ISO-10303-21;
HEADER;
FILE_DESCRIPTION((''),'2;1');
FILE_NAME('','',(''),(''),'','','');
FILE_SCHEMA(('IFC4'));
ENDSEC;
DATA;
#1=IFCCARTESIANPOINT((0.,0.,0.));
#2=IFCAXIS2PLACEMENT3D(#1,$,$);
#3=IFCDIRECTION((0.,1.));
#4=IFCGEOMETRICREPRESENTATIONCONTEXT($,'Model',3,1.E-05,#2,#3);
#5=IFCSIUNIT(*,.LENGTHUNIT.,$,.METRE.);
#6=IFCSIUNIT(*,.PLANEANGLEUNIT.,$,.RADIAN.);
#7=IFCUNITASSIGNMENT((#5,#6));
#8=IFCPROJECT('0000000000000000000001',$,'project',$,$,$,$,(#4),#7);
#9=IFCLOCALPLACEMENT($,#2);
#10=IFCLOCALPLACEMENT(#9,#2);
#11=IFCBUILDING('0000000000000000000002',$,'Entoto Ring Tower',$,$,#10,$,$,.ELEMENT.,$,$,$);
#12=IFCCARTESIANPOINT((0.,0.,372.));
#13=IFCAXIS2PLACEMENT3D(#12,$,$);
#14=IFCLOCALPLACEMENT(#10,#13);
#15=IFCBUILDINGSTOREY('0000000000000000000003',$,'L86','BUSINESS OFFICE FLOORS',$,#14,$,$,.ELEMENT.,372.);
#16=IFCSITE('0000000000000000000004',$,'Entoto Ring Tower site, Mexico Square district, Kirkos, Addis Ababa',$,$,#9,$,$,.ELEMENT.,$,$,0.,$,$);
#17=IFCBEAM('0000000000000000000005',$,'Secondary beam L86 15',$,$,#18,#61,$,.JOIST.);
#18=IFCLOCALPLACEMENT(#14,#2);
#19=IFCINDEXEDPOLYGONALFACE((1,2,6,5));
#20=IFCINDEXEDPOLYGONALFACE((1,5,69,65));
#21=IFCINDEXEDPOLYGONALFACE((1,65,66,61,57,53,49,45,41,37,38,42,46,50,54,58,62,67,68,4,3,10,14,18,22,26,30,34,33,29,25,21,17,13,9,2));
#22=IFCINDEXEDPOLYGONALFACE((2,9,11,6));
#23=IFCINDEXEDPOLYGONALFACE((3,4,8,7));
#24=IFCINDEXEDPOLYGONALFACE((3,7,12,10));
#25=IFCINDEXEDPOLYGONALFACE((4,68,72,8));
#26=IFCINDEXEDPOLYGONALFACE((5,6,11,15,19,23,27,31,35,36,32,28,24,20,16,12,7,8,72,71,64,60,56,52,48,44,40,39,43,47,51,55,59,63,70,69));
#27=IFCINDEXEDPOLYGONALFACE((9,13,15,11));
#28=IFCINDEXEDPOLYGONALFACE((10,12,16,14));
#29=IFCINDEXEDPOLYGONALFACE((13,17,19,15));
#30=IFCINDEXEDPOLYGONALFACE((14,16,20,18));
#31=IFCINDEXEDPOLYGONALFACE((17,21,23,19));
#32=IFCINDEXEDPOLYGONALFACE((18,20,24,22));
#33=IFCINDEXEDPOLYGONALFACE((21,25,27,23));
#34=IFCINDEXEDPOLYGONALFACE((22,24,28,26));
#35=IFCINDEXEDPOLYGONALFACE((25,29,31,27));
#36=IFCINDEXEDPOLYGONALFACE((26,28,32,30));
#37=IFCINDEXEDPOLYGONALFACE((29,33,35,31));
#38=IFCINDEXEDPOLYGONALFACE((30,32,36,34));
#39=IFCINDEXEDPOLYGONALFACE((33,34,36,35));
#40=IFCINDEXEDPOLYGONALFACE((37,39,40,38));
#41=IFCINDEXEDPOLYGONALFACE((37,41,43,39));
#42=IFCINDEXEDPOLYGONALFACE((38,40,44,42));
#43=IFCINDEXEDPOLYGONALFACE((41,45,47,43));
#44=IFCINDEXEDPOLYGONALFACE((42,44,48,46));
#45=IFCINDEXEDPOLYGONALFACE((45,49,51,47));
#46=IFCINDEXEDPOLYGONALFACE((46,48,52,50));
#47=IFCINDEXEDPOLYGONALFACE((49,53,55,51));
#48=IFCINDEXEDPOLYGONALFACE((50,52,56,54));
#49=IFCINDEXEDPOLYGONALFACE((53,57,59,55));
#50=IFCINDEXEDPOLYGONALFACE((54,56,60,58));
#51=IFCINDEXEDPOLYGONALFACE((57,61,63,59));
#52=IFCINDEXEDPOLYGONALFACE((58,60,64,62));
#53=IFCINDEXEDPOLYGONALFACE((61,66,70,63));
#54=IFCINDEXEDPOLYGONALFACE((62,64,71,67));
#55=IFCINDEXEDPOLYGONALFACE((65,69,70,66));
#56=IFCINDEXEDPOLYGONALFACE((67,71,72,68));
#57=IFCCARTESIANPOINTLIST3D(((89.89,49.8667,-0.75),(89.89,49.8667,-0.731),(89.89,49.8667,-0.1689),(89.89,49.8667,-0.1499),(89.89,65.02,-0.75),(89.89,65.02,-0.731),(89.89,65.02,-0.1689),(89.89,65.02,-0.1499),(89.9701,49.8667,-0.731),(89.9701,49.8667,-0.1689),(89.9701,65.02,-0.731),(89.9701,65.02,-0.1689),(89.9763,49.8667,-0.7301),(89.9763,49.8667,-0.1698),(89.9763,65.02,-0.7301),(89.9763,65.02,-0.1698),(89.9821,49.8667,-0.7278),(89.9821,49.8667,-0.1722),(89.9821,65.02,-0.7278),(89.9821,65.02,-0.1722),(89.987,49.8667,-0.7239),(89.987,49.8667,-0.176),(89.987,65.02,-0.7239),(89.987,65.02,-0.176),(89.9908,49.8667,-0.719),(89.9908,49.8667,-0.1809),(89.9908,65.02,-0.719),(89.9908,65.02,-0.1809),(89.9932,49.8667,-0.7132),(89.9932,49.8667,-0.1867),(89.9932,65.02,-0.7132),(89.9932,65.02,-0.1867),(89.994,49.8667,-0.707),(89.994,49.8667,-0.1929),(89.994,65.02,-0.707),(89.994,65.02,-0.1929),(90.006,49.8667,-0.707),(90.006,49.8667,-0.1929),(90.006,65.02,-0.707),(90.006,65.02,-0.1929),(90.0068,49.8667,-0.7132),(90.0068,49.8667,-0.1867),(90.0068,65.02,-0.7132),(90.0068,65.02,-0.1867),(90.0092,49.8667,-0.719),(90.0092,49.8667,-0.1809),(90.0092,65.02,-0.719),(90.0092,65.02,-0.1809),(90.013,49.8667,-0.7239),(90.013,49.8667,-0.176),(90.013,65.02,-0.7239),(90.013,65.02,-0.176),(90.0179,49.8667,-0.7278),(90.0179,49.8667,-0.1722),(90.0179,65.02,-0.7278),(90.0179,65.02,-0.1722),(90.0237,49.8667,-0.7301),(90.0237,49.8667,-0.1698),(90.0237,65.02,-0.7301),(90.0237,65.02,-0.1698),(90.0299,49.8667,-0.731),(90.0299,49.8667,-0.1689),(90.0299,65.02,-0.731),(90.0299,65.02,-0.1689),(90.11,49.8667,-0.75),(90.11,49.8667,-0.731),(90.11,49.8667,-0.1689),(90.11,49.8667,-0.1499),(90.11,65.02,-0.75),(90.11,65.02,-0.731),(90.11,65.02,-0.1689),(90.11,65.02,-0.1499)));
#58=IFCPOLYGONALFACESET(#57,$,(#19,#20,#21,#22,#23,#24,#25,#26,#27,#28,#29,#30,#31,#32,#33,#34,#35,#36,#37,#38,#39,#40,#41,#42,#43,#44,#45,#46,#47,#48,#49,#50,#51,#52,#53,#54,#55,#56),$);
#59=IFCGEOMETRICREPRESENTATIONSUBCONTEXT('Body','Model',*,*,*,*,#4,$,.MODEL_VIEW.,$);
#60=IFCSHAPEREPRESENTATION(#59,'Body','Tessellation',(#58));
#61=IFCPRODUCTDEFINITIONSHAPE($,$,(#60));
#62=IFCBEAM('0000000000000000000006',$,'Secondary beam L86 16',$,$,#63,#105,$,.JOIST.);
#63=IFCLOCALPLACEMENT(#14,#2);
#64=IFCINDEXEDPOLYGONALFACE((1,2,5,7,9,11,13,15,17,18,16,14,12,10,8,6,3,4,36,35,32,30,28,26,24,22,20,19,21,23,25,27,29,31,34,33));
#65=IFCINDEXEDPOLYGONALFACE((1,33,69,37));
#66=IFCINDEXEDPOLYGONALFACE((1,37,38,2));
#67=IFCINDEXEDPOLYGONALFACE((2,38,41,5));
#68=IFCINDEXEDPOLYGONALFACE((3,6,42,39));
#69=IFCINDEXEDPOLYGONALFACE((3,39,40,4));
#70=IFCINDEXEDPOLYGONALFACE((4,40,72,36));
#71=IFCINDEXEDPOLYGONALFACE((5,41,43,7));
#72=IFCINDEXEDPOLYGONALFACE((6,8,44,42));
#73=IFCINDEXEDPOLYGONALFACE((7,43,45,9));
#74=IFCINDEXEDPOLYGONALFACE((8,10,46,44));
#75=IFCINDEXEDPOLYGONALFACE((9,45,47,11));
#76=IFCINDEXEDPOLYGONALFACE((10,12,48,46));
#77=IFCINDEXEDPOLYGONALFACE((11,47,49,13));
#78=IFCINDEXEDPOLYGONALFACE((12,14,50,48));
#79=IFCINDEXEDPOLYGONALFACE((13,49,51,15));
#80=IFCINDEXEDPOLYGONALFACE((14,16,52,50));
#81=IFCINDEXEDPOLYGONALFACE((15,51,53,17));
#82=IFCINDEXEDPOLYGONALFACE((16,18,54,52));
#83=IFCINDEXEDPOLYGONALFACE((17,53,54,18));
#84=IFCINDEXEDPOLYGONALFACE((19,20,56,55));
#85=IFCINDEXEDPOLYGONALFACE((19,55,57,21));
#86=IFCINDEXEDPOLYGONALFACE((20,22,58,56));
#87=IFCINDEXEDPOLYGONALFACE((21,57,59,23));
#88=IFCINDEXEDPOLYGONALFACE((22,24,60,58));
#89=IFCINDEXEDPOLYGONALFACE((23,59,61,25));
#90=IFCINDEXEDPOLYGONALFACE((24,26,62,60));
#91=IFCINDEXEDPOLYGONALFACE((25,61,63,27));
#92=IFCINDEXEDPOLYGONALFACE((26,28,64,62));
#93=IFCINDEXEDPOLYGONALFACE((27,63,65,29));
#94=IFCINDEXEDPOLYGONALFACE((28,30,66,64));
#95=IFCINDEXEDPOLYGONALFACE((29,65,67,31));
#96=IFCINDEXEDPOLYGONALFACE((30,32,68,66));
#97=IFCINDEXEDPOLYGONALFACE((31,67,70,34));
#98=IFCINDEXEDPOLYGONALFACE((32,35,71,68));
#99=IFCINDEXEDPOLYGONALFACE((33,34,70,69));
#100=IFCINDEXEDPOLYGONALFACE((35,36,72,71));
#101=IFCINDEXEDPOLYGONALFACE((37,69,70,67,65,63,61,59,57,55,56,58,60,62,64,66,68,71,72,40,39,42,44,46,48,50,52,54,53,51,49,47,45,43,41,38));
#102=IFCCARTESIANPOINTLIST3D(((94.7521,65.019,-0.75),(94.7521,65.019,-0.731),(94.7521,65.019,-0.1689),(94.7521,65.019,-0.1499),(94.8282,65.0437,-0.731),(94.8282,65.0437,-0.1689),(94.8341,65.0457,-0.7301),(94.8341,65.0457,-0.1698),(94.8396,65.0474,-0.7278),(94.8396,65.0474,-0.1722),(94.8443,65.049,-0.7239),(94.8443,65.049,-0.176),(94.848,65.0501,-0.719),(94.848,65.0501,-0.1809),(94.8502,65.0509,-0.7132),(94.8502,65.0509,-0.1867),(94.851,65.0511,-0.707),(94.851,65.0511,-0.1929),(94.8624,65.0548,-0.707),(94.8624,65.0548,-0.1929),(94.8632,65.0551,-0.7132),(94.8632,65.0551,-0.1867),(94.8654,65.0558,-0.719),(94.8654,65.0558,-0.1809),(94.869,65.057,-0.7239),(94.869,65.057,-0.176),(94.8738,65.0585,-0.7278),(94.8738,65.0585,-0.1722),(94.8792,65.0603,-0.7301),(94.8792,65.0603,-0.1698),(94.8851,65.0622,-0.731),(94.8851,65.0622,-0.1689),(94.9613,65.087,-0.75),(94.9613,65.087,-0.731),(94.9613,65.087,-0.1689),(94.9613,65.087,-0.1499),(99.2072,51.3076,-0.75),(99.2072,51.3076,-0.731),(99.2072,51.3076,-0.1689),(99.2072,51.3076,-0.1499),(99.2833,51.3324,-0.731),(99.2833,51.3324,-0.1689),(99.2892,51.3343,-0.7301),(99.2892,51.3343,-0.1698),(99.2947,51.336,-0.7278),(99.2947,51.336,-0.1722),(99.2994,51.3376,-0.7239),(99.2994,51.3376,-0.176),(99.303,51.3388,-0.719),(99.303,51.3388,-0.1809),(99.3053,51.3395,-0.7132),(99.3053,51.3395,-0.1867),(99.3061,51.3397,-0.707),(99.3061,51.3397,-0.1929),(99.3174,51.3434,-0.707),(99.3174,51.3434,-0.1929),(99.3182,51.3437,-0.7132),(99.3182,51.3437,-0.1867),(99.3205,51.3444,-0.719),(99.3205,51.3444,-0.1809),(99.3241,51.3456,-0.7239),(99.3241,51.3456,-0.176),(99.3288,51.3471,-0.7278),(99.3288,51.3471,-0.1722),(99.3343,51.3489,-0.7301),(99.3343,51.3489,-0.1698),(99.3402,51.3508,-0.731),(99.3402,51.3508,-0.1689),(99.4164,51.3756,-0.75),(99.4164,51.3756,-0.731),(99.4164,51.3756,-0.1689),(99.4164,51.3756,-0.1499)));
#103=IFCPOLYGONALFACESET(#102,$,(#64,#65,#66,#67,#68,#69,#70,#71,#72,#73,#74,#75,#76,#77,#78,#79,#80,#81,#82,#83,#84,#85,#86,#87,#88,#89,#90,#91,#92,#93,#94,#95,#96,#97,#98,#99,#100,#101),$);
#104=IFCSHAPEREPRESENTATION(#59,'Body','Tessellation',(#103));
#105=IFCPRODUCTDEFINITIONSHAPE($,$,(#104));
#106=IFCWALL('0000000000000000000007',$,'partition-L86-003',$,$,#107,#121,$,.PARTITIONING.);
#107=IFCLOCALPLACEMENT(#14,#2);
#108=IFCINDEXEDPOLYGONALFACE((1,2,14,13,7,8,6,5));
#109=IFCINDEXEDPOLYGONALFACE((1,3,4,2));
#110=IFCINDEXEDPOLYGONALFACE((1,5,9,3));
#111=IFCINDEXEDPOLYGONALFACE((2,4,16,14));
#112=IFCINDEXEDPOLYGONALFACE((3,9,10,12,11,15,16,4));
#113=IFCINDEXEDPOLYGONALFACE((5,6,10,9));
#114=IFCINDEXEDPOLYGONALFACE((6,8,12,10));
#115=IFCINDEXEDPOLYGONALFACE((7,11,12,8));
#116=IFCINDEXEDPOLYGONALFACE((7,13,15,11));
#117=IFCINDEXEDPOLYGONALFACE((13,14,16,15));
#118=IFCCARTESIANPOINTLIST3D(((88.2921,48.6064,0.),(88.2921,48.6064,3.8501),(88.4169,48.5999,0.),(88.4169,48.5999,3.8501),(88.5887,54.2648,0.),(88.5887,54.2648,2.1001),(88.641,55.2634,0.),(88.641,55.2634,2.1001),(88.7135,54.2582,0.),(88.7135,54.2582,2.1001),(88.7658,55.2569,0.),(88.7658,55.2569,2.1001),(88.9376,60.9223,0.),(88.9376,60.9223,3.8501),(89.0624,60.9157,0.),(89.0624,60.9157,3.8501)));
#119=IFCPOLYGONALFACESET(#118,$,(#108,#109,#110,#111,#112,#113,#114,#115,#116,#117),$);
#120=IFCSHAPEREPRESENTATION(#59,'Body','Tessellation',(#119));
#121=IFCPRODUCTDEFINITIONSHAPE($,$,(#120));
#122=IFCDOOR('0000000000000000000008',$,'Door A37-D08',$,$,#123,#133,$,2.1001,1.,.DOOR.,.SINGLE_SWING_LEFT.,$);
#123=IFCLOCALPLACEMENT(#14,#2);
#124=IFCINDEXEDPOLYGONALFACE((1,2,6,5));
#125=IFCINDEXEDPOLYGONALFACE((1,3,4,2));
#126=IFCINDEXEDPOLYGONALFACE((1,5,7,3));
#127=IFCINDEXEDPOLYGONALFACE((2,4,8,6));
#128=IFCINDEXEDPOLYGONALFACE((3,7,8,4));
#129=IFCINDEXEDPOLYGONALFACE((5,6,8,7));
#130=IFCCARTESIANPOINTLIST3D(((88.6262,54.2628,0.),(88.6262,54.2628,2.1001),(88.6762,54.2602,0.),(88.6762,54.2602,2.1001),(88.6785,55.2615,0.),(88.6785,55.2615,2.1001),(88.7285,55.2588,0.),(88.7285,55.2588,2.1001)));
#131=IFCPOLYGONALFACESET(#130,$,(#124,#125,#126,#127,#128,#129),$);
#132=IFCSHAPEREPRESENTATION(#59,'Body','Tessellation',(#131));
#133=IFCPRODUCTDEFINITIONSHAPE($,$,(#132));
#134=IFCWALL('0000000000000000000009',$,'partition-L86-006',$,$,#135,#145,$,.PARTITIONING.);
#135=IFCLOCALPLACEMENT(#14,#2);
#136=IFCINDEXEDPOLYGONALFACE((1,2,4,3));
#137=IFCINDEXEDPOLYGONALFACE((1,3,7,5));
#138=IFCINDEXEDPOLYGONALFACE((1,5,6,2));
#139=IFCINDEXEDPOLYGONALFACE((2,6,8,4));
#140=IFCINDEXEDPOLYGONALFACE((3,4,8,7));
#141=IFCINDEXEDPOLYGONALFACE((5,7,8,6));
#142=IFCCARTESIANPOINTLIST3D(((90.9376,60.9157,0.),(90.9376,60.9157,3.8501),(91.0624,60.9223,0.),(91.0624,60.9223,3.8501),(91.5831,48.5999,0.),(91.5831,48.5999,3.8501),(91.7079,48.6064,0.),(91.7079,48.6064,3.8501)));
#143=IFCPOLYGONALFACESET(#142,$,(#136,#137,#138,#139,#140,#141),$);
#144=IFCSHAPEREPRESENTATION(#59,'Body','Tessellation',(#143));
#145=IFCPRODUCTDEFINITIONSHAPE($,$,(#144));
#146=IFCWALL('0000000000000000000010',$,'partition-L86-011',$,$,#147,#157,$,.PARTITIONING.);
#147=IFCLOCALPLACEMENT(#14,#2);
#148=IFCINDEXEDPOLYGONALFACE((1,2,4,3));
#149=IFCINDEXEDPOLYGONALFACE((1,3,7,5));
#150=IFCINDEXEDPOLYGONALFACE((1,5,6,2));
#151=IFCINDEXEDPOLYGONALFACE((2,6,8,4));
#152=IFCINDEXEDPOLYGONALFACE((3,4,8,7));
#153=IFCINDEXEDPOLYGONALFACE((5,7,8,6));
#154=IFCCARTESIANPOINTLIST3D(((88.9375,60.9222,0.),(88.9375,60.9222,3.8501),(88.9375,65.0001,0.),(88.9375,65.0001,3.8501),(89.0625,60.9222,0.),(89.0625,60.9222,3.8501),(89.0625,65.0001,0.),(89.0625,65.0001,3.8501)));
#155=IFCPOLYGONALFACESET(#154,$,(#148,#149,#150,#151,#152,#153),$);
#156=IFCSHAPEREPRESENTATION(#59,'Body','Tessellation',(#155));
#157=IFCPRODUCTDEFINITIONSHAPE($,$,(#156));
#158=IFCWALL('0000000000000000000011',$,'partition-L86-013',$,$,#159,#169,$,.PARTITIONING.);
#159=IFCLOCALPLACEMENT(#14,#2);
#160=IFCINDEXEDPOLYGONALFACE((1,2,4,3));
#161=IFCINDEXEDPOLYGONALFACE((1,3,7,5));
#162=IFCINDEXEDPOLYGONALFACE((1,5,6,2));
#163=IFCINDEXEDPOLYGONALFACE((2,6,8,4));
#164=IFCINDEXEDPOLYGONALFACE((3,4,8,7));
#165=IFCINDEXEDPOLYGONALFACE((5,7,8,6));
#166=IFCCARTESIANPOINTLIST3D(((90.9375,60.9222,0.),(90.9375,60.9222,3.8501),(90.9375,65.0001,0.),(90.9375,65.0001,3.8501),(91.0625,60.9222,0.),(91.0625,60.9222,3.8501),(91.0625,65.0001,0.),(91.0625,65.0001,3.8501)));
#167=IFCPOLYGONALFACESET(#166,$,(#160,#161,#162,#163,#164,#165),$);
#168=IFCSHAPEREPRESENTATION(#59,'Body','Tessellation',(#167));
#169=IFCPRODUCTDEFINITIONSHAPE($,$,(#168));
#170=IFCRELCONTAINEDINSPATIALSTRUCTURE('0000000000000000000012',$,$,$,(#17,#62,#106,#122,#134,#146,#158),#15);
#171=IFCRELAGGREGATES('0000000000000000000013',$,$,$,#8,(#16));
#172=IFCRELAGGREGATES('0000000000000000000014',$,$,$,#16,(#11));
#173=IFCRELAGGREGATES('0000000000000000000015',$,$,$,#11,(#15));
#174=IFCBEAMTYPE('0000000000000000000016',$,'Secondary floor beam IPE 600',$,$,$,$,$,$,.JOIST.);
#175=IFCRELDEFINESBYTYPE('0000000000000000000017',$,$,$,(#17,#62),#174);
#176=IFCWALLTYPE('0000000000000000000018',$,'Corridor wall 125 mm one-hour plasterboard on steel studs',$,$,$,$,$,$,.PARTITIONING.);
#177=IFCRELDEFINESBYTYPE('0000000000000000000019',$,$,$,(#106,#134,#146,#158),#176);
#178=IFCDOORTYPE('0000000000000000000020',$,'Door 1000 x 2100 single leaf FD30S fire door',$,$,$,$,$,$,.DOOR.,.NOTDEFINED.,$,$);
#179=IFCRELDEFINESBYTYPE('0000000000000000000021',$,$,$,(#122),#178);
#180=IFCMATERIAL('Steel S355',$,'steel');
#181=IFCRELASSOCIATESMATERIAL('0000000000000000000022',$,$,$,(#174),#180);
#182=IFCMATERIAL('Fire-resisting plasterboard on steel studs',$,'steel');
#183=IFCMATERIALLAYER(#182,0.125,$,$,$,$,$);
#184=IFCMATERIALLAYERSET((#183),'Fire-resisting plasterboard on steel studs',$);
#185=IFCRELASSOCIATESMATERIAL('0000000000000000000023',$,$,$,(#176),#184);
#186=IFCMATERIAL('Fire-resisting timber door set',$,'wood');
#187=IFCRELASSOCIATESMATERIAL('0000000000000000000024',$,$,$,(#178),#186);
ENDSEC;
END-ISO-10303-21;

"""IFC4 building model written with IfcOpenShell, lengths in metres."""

from ifc_helpers import new_model, si_unit, direction, frame, frame_2d, origin, origin_2d, place, context, subcontext, project, spatial, rectangle, i_section, extrude, material, layer, layer_set, material_profile, profile_set, type_object, element, fill, save


model = new_model("IFC4")

# Units and contexts
model_context = context("Model", 3, precision=1e-05, world=origin(), true_north=direction((0.0, 1.0)))
body_context = subcontext(model_context, "Body", "Model", "MODEL_VIEW")
ifc_project = project(units=[si_unit("LENGTHUNIT", "METRE"), si_unit("PLANEANGLEUNIT", "RADIAN")], contexts=[model_context])

# Site, building, storey
site_placement = place(None, origin())
site = spatial("IfcSite", under=ifc_project, at=site_placement, Name="Entoto Ring Tower site, Mexico Square district, Kirkos, Addis Ababa", CompositionType="ELEMENT", RefElevation=0.0)
building_placement = place(site_placement, origin())
building = spatial("IfcBuilding", under=site, at=building_placement, Name="Entoto Ring Tower", CompositionType="ELEMENT")
storey_placement = place(building_placement, frame((0.0, 0.0, 372.0)))
storey = spatial("IfcBuildingStorey", under=building, at=storey_placement, Name="L86", Description="BUSINESS OFFICE FLOORS", CompositionType="ELEMENT", Elevation=372.0)

# Beams
ifc_material_1 = material(Name="Steel S355", Category="steel")
ifc_material_profile_1 = material_profile(ifc_material_1, i_section(OverallWidth=0.22, OverallDepth=0.6001, WebThickness=0.012, FlangeThickness=0.019, FilletRadius=0.0239, at=origin_2d()), Name="IPE 600")
ifc_profile_set_1 = profile_set([ifc_material_profile_1], Name="Steel S355")
beam_type_1 = type_object("IfcBeamType", Name="Secondary floor beam IPE 600", PredefinedType="JOIST", material=ifc_profile_set_1)
beam_1_placement = place(storey_placement, frame((90.0, 65.02, -0.45), z_axis=(0.0, -1.0, 0.0), x_axis=(1.0, 0.0, 0.0)))
element("IfcBeam", 1, at=beam_1_placement, inside=storey, type_object=beam_type_1, Name="Secondary beam L86 15", PredefinedType="JOIST", context=body_context, shape_type="SweptSolid", body=[
    extrude(i_section(OverallWidth=0.22, OverallDepth=0.6001, WebThickness=0.012, FlangeThickness=0.019, FilletRadius=0.0239, at=origin_2d()), origin(), (0.0, 0.0, 1.0), 15.1533),
])
beam_2_placement = place(storey_placement, frame((94.8567, 65.053, -0.45), z_axis=(0.309015, -0.951057, 0.0), x_axis=(0.951057, 0.309015, 0.0)))
element("IfcBeam", 2, at=beam_2_placement, inside=storey, type_object=beam_type_1, Name="Secondary beam L86 16", PredefinedType="JOIST", context=body_context, shape_type="SweptSolid", body=[
    extrude(i_section(OverallWidth=0.22, OverallDepth=0.6001, WebThickness=0.012, FlangeThickness=0.019, FilletRadius=0.0239, at=origin_2d()), origin(), (0.0, 0.0, 1.0), 14.417),
])

# Wall, opening, door
ifc_material_2 = material(Name="Fire-resisting plasterboard on steel studs", Category="steel")
ifc_layer = layer(ifc_material_2, 0.125)
ifc_layer_set = layer_set([ifc_layer], Name="Fire-resisting plasterboard on steel studs")
wall_type = type_object("IfcWallType", Name="Corridor wall 125 mm one-hour plasterboard on steel studs", PredefinedType="PARTITIONING", material=ifc_layer_set)
wall_1_placement = place(storey_placement, frame((88.3545, 48.603, 0.0), z_axis=(0.0, 0.0, 1.0), x_axis=(0.052341, 0.998629, 0.0)))
wall_1 = element("IfcWall", 3, at=wall_1_placement, inside=storey, type_object=wall_type, Name="partition-L86-003", PredefinedType="PARTITIONING", context=body_context, shape_type="SweptSolid", body=[
    extrude(rectangle(XDim=12.3328, YDim=0.125, at=frame_2d((6.1665, 0.0))), origin(), (0.0, 0.0, 1.0), 3.8501),
])
opening_placement = place(wall_1_placement, frame((5.6663, 0.0, 0.0)))
opening = element("IfcOpeningElement", 4, at=opening_placement, cuts=wall_1, PredefinedType="OPENING", context=body_context, shape_type="SweptSolid", body=[
    extrude(rectangle(XDim=1.0, YDim=2.1001, at=frame_2d((0.5, 1.05))), frame((0.0, 0.0725, 0.0), z_axis=(0.0, -1.0, 0.0), x_axis=(1.0, 0.0, 0.0)), (0.0, 0.0, 1.0), 0.145),
])
ifc_material_3 = material(Name="Fire-resisting timber door set", Category="wood")
door_type = type_object("IfcDoorType", Name="Door 1000 x 2100 single leaf FD30S fire door", OperationType="NOTDEFINED", PredefinedType="DOOR", material=ifc_material_3)
door_placement = place(opening_placement, origin())
door = element("IfcDoor", 5, at=door_placement, inside=storey, type_object=door_type, Name="Door A37-D08", OperationType="SINGLE_SWING_LEFT", OverallHeight=2.1001, OverallWidth=1.0, PredefinedType="DOOR", context=body_context, shape_type="SweptSolid", body=[
    extrude(rectangle(XDim=1.0, YDim=2.1001, at=frame_2d((0.5, 1.05))), frame((0.0, 0.0249, 0.0), z_axis=(0.0, -1.0, 0.0), x_axis=(1.0, 0.0, 0.0)), (0.0, 0.0, 1.0), 0.05),
])
fill(opening, door)

# Walls
wall_2_placement = place(storey_placement, frame((91.6455, 48.603, 0.0), z_axis=(0.0, 0.0, 1.0), x_axis=(-0.052341, 0.998629, 0.0)))
element("IfcWall", 6, at=wall_2_placement, inside=storey, type_object=wall_type, Name="partition-L86-006", PredefinedType="PARTITIONING", context=body_context, shape_type="SweptSolid", body=[
    extrude(rectangle(XDim=12.3328, YDim=0.125, at=frame_2d((6.1665, 0.0))), origin(), (0.0, 0.0, 1.0), 3.8501),
])
for number, where, z_axis, x_axis, name in (
    (7, (89.0, 60.9221, 0.0), (0.0, 0.0, 1.0), (0.0, 1.0, 0.0), "partition-L86-011"),
    (8, (91.0, 60.9221, 0.0), (0.0, 0.0, 1.0), (0.0, 1.0, 0.0), "partition-L86-013"),
):
    element("IfcWall", number, at=place(storey_placement, frame(where, z_axis=z_axis, x_axis=x_axis)), inside=storey, type_object=wall_type, Name=name, PredefinedType="PARTITIONING", context=body_context, shape_type="SweptSolid", body=[
        extrude(rectangle(XDim=4.0779, YDim=0.125, at=frame_2d((2.0391, 0.0))), origin(), (0.0, 0.0, 1.0), 3.8501),
    ])

save(model, "model.ifc")
